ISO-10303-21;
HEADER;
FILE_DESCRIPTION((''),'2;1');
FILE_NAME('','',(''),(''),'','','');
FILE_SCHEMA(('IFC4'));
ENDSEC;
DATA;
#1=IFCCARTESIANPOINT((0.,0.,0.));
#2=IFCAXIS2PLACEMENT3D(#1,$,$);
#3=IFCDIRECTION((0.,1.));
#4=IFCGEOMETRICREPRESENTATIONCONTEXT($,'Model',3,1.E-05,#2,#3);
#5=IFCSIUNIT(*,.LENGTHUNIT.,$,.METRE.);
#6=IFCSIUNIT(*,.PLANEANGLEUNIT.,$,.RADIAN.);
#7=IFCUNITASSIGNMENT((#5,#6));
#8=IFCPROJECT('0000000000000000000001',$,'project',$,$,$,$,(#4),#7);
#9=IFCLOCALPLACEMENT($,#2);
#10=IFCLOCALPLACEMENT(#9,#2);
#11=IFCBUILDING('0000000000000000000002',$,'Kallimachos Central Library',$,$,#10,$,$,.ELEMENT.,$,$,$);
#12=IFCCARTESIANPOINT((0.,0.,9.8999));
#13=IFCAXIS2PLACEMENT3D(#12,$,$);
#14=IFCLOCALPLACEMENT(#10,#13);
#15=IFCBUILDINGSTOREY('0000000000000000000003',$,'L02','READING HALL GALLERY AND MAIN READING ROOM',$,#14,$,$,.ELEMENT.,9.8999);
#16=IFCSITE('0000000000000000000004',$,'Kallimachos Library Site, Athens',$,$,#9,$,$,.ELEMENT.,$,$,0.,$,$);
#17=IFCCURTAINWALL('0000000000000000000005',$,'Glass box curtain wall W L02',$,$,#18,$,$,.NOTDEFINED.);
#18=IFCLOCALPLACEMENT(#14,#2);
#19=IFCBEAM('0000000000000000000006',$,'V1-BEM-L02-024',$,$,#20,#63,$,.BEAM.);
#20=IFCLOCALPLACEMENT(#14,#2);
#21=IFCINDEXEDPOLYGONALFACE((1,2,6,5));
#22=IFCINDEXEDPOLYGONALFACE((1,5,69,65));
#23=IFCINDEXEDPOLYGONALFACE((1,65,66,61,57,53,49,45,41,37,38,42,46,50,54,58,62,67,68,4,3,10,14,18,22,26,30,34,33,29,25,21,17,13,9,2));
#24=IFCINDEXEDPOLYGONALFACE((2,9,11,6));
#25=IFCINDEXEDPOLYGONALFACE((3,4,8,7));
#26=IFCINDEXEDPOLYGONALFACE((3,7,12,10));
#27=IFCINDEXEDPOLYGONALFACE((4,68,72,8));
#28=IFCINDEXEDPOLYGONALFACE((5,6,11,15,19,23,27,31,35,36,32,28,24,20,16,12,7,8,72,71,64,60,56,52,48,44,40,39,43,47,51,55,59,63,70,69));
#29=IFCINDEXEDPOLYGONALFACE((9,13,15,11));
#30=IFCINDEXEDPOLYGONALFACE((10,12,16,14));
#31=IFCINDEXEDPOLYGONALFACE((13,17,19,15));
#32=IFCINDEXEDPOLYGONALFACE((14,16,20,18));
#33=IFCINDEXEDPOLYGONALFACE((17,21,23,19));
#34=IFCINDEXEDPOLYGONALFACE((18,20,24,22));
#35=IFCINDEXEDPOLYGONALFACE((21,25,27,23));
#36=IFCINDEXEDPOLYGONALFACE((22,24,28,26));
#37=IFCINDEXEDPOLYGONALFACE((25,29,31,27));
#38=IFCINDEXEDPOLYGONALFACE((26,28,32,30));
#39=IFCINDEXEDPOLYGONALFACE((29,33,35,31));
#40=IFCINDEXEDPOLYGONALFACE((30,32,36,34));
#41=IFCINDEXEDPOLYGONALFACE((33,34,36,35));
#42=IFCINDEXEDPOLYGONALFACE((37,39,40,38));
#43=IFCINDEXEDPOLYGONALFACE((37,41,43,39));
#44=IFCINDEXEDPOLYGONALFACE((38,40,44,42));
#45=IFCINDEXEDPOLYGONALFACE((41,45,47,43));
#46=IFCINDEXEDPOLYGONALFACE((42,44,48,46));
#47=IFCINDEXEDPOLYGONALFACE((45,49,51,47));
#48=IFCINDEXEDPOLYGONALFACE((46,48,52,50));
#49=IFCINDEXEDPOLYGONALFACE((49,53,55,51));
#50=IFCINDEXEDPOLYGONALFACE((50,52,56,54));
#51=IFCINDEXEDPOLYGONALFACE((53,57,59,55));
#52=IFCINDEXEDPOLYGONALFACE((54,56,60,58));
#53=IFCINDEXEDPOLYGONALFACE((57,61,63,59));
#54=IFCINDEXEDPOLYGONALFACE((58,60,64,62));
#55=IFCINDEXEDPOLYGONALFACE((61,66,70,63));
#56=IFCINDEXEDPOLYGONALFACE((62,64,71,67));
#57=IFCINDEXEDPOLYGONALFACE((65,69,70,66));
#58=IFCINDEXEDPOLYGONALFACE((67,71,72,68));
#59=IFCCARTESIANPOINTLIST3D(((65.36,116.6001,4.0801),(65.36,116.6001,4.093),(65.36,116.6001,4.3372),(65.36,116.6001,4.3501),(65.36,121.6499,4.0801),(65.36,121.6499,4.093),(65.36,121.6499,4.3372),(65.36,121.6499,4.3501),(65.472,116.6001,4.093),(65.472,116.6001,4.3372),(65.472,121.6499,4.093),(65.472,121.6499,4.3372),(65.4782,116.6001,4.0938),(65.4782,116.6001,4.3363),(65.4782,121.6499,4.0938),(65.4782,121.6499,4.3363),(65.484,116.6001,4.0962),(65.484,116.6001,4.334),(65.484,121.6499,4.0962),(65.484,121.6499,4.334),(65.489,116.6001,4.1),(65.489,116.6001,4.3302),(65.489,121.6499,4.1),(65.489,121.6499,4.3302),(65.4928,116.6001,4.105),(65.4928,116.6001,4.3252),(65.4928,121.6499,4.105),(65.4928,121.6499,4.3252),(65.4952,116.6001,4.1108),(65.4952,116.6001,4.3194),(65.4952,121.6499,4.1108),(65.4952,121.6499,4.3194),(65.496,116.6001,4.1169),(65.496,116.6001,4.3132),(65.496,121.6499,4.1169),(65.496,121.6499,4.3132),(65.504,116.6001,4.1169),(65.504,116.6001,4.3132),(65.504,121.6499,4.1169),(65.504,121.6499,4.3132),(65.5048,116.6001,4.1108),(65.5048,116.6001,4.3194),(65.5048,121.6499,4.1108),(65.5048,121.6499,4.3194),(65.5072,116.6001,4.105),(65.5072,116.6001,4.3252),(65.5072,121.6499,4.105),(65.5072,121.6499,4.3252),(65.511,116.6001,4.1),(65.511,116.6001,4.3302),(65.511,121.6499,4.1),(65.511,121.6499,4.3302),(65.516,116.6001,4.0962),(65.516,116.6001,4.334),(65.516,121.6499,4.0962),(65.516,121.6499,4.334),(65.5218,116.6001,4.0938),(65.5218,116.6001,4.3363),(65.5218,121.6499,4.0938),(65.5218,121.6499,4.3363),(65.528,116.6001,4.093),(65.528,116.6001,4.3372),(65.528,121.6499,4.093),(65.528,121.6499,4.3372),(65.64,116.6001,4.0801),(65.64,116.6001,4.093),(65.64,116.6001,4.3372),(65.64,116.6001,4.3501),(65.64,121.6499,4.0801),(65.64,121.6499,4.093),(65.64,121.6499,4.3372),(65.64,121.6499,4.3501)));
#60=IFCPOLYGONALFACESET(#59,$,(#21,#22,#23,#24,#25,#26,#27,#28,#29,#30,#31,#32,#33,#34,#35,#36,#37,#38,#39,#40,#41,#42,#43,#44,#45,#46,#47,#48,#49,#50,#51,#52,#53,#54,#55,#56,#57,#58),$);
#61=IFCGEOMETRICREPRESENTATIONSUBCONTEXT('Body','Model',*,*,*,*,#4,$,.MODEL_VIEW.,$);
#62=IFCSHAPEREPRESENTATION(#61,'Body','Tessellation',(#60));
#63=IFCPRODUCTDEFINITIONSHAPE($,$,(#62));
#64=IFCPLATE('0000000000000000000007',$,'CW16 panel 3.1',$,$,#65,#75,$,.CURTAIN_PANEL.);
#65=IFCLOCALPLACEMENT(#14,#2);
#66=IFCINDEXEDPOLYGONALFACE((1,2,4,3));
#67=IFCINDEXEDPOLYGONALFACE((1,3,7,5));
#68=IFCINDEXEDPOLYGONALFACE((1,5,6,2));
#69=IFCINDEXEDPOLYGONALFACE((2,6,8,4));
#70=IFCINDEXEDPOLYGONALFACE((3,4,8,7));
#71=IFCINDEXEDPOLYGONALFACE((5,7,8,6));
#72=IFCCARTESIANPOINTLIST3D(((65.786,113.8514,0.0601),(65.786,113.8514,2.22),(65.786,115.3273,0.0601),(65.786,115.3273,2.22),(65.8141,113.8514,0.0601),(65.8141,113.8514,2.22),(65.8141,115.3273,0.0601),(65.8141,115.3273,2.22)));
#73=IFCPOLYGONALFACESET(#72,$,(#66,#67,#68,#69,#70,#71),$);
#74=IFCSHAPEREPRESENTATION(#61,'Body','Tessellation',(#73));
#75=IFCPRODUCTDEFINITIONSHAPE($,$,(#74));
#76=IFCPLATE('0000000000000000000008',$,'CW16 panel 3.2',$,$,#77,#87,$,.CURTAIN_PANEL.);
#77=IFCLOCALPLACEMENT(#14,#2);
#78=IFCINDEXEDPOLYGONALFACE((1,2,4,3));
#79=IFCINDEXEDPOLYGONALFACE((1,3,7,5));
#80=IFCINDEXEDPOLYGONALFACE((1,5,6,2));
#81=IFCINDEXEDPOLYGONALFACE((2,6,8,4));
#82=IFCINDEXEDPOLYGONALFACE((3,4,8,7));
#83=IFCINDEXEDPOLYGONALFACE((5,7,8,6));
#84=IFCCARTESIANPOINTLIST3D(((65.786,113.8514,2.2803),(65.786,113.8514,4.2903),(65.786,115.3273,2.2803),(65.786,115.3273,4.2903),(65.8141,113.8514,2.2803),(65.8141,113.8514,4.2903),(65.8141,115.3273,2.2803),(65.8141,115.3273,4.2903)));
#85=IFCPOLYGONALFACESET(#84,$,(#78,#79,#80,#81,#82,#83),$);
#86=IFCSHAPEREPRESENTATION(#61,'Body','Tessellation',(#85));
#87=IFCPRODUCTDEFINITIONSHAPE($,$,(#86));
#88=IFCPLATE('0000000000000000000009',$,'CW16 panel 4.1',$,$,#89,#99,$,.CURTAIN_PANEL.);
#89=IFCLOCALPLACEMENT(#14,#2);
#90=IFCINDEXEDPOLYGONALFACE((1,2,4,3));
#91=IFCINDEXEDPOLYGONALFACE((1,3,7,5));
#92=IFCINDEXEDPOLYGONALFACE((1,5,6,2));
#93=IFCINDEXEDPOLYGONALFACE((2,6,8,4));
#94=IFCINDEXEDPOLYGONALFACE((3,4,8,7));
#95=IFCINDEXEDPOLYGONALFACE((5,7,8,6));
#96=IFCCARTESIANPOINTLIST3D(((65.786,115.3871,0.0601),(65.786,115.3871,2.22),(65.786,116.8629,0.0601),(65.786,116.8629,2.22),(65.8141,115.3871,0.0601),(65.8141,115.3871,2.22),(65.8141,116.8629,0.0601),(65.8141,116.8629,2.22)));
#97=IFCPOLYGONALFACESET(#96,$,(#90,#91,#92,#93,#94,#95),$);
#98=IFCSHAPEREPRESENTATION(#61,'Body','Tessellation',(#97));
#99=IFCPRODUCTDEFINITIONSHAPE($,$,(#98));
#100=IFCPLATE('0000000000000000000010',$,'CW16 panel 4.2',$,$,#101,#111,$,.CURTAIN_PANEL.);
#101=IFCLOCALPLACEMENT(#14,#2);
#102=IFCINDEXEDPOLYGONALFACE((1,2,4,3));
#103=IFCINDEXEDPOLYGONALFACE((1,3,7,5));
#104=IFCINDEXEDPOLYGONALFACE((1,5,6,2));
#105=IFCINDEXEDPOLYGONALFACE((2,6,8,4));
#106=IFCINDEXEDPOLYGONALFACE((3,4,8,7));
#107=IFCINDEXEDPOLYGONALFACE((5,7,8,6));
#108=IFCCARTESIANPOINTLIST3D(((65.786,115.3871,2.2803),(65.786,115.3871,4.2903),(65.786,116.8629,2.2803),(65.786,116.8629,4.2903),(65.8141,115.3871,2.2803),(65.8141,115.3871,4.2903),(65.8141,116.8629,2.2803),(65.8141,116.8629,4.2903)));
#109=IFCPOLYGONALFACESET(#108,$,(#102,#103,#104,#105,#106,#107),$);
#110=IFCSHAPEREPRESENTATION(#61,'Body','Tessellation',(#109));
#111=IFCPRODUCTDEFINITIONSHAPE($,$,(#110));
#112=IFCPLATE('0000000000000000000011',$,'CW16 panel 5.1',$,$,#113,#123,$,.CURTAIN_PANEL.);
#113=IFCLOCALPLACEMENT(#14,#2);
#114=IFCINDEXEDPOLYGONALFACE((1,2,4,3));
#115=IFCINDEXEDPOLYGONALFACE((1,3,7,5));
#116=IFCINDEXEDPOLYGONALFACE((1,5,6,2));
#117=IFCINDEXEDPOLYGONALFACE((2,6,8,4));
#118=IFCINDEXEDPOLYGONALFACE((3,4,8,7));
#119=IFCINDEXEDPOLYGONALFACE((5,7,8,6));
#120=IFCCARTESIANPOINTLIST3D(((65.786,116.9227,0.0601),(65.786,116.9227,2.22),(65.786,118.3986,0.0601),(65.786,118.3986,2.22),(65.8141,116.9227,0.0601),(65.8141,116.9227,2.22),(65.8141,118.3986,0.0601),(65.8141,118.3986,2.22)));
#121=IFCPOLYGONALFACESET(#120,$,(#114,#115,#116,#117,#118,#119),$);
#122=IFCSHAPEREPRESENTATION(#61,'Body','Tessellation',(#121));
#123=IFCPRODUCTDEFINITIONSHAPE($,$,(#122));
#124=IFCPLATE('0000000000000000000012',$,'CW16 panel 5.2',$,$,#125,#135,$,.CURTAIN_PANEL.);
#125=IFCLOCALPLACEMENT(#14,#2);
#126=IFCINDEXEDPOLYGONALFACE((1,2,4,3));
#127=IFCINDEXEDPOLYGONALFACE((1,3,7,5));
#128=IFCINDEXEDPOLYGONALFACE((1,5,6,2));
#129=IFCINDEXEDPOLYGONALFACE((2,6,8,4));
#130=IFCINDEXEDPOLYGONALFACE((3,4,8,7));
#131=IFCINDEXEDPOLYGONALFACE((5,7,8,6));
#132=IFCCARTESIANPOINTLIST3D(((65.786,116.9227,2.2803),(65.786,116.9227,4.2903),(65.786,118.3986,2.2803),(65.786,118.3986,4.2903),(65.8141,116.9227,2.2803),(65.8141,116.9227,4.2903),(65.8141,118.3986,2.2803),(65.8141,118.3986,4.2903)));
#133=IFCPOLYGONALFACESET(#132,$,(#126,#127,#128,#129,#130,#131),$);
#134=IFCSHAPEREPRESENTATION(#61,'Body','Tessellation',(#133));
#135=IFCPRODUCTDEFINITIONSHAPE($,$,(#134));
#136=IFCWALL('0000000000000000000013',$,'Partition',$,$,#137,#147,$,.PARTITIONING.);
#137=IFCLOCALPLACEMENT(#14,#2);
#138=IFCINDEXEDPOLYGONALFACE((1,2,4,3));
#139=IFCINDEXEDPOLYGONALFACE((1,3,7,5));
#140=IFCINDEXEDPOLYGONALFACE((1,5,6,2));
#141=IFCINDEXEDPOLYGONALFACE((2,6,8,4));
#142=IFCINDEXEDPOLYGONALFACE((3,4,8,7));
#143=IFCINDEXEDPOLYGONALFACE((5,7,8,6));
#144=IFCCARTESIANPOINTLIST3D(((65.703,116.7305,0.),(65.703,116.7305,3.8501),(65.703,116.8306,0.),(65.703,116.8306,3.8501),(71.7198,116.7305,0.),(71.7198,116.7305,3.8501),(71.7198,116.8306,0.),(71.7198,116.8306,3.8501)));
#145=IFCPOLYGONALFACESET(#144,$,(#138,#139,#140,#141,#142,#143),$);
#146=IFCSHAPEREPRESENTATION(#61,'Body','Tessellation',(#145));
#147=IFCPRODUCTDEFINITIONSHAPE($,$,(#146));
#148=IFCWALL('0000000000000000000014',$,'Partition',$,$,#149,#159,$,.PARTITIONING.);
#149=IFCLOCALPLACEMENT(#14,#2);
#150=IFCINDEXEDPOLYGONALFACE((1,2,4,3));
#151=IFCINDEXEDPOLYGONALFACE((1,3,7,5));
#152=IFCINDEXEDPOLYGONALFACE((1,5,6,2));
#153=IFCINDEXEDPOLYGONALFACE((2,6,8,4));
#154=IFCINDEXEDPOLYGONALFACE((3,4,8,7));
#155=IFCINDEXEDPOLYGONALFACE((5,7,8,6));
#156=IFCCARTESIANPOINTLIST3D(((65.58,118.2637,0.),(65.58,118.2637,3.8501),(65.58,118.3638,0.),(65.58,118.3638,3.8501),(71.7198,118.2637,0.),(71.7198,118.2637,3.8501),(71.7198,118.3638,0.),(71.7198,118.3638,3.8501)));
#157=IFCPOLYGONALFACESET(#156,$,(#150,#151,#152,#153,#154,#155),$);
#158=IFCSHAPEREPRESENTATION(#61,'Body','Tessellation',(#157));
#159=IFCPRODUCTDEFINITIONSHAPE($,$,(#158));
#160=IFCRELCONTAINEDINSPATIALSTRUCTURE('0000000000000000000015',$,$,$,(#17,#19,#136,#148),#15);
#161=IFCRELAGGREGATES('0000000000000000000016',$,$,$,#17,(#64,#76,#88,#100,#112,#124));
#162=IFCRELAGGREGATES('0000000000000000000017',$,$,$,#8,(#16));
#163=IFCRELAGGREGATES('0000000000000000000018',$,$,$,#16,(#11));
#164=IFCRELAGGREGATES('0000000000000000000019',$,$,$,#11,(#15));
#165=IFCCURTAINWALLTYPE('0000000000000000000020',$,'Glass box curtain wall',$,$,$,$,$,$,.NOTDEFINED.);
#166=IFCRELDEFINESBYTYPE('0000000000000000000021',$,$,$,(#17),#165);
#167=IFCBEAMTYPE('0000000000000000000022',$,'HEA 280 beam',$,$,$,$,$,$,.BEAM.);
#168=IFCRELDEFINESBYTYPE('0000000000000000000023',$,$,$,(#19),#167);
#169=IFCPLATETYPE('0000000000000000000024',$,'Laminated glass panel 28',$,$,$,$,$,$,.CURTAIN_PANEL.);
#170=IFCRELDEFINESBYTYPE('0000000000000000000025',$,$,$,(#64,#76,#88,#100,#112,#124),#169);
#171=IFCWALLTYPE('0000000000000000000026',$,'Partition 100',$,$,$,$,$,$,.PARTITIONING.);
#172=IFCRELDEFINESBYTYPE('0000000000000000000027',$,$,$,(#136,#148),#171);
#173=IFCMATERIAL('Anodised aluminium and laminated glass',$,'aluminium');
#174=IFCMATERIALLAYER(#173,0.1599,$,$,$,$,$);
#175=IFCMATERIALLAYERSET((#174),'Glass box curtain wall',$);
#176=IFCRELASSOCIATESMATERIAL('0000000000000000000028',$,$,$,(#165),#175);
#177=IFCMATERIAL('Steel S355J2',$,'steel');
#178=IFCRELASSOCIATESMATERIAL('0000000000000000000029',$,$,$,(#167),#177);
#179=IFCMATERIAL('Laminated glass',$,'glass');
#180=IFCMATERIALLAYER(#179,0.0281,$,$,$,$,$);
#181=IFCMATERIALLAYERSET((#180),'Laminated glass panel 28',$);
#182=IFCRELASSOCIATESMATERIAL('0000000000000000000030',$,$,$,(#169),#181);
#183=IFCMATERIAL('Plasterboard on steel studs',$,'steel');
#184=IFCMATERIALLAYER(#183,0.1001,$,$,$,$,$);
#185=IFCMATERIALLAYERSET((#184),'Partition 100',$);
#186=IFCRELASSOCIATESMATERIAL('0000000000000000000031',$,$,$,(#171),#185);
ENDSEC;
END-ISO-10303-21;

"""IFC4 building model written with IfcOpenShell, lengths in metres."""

from ifc_helpers import new_model, si_unit, direction, frame, frame_2d, origin, origin_2d, place, context, subcontext, project, spatial, rectangle, i_section, extrude, material, layer, layer_set, material_profile, profile_set, type_object, element, aggregate, save


model = new_model("IFC4")

# Units and contexts
model_context = context("Model", 3, precision=1e-05, world=origin(), true_north=direction((0.0, 1.0)))
body_context = subcontext(model_context, "Body", "Model", "MODEL_VIEW")
ifc_project = project(units=[si_unit("LENGTHUNIT", "METRE"), si_unit("PLANEANGLEUNIT", "RADIAN")], contexts=[model_context])

# Site, building, storey
site_placement = place(None, origin())
site = spatial("IfcSite", under=ifc_project, at=site_placement, Name="Kallimachos Library Site, Athens", CompositionType="ELEMENT", RefElevation=0.0)
building_placement = place(site_placement, origin())
building = spatial("IfcBuilding", under=site, at=building_placement, Name="Kallimachos Central Library", CompositionType="ELEMENT")
storey_placement = place(building_placement, frame((0.0, 0.0, 9.8999)))
storey = spatial("IfcBuildingStorey", under=building, at=storey_placement, Name="L02", Description="READING HALL GALLERY AND MAIN READING ROOM", CompositionType="ELEMENT", Elevation=9.8999)

# Curtain wall
ifc_material_1 = material(Name="Anodised aluminium and laminated glass", Category="aluminium")
ifc_layer_1 = layer(ifc_material_1, 0.1599)
ifc_layer_set_1 = layer_set([ifc_layer_1], Name="Glass box curtain wall")
curtain_wall_type = type_object("IfcCurtainWallType", Name="Glass box curtain wall", PredefinedType="NOTDEFINED", material=ifc_layer_set_1)
curtain_wall_placement = place(storey_placement, origin())
curtain_wall = element("IfcCurtainWall", 1, at=curtain_wall_placement, inside=storey, type_object=curtain_wall_type, Name="Glass box curtain wall W L02", PredefinedType="NOTDEFINED")

# Beam
ifc_material_2 = material(Name="Steel S355J2", Category="steel")
ifc_material_profile_1 = material_profile(ifc_material_2, i_section(OverallWidth=0.28, OverallDepth=0.27, WebThickness=0.0081, FlangeThickness=0.0129, FilletRadius=0.0239, at=origin_2d()), Name="HEA 280")
ifc_profile_set_1 = profile_set([ifc_material_profile_1], Name="Steel S355J2")
beam_type = type_object("IfcBeamType", Name="HEA 280 beam", PredefinedType="BEAM", material=ifc_profile_set_1)
beam_placement = place(storey_placement, frame((65.5, 116.6001, 4.2151), z_axis=(0.0, 1.0, 0.0), x_axis=(-1.0, 0.0, 0.0)))
element("IfcBeam", 2, at=beam_placement, inside=storey, type_object=beam_type, Name="V1-BEM-L02-024", PredefinedType="BEAM", context=body_context, shape_type="SweptSolid", body=[
    extrude(i_section(OverallWidth=0.28, OverallDepth=0.27, WebThickness=0.0081, FlangeThickness=0.0129, FilletRadius=0.0239, at=origin_2d()), origin(), (0.0, 0.0, 1.0), 5.0498),
])

# Plates
ifc_material_3 = material(Name="Laminated glass", Category="glass")
ifc_layer_2 = layer(ifc_material_3, 0.0281)
ifc_layer_set_2 = layer_set([ifc_layer_2], Name="Laminated glass panel 28")
plate_type = type_object("IfcPlateType", Name="Laminated glass panel 28", PredefinedType="CURTAIN_PANEL", material=ifc_layer_set_2)
plate_1_placement = place(storey_placement, frame((65.8, 114.5894, 0.0601), z_axis=(0.0, 0.0, 1.0), x_axis=(0.0, 1.0, 0.0)))
plate_1 = element("IfcPlate", 3, at=plate_1_placement, type_object=plate_type, Name="CW16 panel 3.1", PredefinedType="CURTAIN_PANEL", context=body_context, shape_type="SweptSolid", body=[
    extrude(rectangle(XDim=1.4758, YDim=0.0281, at=origin_2d()), origin(), (0.0, 0.0, 1.0), 2.1599),
])
plate_2_placement = place(storey_placement, frame((65.8, 114.5894, 2.2803), z_axis=(0.0, 0.0, 1.0), x_axis=(0.0, 1.0, 0.0)))
plate_2 = element("IfcPlate", 4, at=plate_2_placement, type_object=plate_type, Name="CW16 panel 3.2", PredefinedType="CURTAIN_PANEL", context=body_context, shape_type="SweptSolid", body=[
    extrude(rectangle(XDim=1.4758, YDim=0.0281, at=origin_2d()), origin(), (0.0, 0.0, 1.0), 2.01),
])
plate_3_placement = place(storey_placement, frame((65.8, 116.125, 0.0601), z_axis=(0.0, 0.0, 1.0), x_axis=(0.0, 1.0, 0.0)))
plate_3 = element("IfcPlate", 5, at=plate_3_placement, type_object=plate_type, Name="CW16 panel 4.1", PredefinedType="CURTAIN_PANEL", context=body_context, shape_type="SweptSolid", body=[
    extrude(rectangle(XDim=1.4758, YDim=0.0281, at=origin_2d()), origin(), (0.0, 0.0, 1.0), 2.1599),
])
plate_4_placement = place(storey_placement, frame((65.8, 116.125, 2.2803), z_axis=(0.0, 0.0, 1.0), x_axis=(0.0, 1.0, 0.0)))
plate_4 = element("IfcPlate", 6, at=plate_4_placement, type_object=plate_type, Name="CW16 panel 4.2", PredefinedType="CURTAIN_PANEL", context=body_context, shape_type="SweptSolid", body=[
    extrude(rectangle(XDim=1.4758, YDim=0.0281, at=origin_2d()), origin(), (0.0, 0.0, 1.0), 2.01),
])
plate_5_placement = place(storey_placement, frame((65.8, 117.6606, 0.0601), z_axis=(0.0, 0.0, 1.0), x_axis=(0.0, 1.0, 0.0)))
plate_5 = element("IfcPlate", 7, at=plate_5_placement, type_object=plate_type, Name="CW16 panel 5.1", PredefinedType="CURTAIN_PANEL", context=body_context, shape_type="SweptSolid", body=[
    extrude(rectangle(XDim=1.4758, YDim=0.0281, at=origin_2d()), origin(), (0.0, 0.0, 1.0), 2.1599),
])
plate_6_placement = place(storey_placement, frame((65.8, 117.6606, 2.2803), z_axis=(0.0, 0.0, 1.0), x_axis=(0.0, 1.0, 0.0)))
plate_6 = element("IfcPlate", 8, at=plate_6_placement, type_object=plate_type, Name="CW16 panel 5.2", PredefinedType="CURTAIN_PANEL", context=body_context, shape_type="SweptSolid", body=[
    extrude(rectangle(XDim=1.4758, YDim=0.0281, at=origin_2d()), origin(), (0.0, 0.0, 1.0), 2.01),
])
aggregate(curtain_wall, [plate_1, plate_2, plate_3, plate_4, plate_5, plate_6])

# Walls
ifc_material_4 = material(Name="Plasterboard on steel studs", Category="steel")
ifc_layer_3 = layer(ifc_material_4, 0.1001)
ifc_layer_set_3 = layer_set([ifc_layer_3], Name="Partition 100")
wall_type = type_object("IfcWallType", Name="Partition 100", PredefinedType="PARTITIONING", material=ifc_layer_set_3)
wall_1_placement = place(storey_placement, frame((65.7031, 116.7805, 0.0), z_axis=(0.0, 0.0, 1.0), x_axis=(1.0, 0.0, 0.0)))
element("IfcWall", 9, at=wall_1_placement, inside=storey, type_object=wall_type, Name="Partition", PredefinedType="PARTITIONING", context=body_context, shape_type="SweptSolid", body=[
    extrude(rectangle(XDim=6.0168, YDim=0.1001, at=frame_2d((3.0083, 0.0))), origin(), (0.0, 0.0, 1.0), 3.8501),
])
wall_2_placement = place(storey_placement, frame((65.5801, 118.3137, 0.0), z_axis=(0.0, 0.0, 1.0), x_axis=(1.0, 0.0, 0.0)))
element("IfcWall", 10, at=wall_2_placement, inside=storey, type_object=wall_type, Name="Partition", PredefinedType="PARTITIONING", context=body_context, shape_type="SweptSolid", body=[
    extrude(rectangle(XDim=6.1399, YDim=0.1001, at=frame_2d((3.0698, 0.0))), origin(), (0.0, 0.0, 1.0), 3.8501),
])

save(model, "model.ifc")
